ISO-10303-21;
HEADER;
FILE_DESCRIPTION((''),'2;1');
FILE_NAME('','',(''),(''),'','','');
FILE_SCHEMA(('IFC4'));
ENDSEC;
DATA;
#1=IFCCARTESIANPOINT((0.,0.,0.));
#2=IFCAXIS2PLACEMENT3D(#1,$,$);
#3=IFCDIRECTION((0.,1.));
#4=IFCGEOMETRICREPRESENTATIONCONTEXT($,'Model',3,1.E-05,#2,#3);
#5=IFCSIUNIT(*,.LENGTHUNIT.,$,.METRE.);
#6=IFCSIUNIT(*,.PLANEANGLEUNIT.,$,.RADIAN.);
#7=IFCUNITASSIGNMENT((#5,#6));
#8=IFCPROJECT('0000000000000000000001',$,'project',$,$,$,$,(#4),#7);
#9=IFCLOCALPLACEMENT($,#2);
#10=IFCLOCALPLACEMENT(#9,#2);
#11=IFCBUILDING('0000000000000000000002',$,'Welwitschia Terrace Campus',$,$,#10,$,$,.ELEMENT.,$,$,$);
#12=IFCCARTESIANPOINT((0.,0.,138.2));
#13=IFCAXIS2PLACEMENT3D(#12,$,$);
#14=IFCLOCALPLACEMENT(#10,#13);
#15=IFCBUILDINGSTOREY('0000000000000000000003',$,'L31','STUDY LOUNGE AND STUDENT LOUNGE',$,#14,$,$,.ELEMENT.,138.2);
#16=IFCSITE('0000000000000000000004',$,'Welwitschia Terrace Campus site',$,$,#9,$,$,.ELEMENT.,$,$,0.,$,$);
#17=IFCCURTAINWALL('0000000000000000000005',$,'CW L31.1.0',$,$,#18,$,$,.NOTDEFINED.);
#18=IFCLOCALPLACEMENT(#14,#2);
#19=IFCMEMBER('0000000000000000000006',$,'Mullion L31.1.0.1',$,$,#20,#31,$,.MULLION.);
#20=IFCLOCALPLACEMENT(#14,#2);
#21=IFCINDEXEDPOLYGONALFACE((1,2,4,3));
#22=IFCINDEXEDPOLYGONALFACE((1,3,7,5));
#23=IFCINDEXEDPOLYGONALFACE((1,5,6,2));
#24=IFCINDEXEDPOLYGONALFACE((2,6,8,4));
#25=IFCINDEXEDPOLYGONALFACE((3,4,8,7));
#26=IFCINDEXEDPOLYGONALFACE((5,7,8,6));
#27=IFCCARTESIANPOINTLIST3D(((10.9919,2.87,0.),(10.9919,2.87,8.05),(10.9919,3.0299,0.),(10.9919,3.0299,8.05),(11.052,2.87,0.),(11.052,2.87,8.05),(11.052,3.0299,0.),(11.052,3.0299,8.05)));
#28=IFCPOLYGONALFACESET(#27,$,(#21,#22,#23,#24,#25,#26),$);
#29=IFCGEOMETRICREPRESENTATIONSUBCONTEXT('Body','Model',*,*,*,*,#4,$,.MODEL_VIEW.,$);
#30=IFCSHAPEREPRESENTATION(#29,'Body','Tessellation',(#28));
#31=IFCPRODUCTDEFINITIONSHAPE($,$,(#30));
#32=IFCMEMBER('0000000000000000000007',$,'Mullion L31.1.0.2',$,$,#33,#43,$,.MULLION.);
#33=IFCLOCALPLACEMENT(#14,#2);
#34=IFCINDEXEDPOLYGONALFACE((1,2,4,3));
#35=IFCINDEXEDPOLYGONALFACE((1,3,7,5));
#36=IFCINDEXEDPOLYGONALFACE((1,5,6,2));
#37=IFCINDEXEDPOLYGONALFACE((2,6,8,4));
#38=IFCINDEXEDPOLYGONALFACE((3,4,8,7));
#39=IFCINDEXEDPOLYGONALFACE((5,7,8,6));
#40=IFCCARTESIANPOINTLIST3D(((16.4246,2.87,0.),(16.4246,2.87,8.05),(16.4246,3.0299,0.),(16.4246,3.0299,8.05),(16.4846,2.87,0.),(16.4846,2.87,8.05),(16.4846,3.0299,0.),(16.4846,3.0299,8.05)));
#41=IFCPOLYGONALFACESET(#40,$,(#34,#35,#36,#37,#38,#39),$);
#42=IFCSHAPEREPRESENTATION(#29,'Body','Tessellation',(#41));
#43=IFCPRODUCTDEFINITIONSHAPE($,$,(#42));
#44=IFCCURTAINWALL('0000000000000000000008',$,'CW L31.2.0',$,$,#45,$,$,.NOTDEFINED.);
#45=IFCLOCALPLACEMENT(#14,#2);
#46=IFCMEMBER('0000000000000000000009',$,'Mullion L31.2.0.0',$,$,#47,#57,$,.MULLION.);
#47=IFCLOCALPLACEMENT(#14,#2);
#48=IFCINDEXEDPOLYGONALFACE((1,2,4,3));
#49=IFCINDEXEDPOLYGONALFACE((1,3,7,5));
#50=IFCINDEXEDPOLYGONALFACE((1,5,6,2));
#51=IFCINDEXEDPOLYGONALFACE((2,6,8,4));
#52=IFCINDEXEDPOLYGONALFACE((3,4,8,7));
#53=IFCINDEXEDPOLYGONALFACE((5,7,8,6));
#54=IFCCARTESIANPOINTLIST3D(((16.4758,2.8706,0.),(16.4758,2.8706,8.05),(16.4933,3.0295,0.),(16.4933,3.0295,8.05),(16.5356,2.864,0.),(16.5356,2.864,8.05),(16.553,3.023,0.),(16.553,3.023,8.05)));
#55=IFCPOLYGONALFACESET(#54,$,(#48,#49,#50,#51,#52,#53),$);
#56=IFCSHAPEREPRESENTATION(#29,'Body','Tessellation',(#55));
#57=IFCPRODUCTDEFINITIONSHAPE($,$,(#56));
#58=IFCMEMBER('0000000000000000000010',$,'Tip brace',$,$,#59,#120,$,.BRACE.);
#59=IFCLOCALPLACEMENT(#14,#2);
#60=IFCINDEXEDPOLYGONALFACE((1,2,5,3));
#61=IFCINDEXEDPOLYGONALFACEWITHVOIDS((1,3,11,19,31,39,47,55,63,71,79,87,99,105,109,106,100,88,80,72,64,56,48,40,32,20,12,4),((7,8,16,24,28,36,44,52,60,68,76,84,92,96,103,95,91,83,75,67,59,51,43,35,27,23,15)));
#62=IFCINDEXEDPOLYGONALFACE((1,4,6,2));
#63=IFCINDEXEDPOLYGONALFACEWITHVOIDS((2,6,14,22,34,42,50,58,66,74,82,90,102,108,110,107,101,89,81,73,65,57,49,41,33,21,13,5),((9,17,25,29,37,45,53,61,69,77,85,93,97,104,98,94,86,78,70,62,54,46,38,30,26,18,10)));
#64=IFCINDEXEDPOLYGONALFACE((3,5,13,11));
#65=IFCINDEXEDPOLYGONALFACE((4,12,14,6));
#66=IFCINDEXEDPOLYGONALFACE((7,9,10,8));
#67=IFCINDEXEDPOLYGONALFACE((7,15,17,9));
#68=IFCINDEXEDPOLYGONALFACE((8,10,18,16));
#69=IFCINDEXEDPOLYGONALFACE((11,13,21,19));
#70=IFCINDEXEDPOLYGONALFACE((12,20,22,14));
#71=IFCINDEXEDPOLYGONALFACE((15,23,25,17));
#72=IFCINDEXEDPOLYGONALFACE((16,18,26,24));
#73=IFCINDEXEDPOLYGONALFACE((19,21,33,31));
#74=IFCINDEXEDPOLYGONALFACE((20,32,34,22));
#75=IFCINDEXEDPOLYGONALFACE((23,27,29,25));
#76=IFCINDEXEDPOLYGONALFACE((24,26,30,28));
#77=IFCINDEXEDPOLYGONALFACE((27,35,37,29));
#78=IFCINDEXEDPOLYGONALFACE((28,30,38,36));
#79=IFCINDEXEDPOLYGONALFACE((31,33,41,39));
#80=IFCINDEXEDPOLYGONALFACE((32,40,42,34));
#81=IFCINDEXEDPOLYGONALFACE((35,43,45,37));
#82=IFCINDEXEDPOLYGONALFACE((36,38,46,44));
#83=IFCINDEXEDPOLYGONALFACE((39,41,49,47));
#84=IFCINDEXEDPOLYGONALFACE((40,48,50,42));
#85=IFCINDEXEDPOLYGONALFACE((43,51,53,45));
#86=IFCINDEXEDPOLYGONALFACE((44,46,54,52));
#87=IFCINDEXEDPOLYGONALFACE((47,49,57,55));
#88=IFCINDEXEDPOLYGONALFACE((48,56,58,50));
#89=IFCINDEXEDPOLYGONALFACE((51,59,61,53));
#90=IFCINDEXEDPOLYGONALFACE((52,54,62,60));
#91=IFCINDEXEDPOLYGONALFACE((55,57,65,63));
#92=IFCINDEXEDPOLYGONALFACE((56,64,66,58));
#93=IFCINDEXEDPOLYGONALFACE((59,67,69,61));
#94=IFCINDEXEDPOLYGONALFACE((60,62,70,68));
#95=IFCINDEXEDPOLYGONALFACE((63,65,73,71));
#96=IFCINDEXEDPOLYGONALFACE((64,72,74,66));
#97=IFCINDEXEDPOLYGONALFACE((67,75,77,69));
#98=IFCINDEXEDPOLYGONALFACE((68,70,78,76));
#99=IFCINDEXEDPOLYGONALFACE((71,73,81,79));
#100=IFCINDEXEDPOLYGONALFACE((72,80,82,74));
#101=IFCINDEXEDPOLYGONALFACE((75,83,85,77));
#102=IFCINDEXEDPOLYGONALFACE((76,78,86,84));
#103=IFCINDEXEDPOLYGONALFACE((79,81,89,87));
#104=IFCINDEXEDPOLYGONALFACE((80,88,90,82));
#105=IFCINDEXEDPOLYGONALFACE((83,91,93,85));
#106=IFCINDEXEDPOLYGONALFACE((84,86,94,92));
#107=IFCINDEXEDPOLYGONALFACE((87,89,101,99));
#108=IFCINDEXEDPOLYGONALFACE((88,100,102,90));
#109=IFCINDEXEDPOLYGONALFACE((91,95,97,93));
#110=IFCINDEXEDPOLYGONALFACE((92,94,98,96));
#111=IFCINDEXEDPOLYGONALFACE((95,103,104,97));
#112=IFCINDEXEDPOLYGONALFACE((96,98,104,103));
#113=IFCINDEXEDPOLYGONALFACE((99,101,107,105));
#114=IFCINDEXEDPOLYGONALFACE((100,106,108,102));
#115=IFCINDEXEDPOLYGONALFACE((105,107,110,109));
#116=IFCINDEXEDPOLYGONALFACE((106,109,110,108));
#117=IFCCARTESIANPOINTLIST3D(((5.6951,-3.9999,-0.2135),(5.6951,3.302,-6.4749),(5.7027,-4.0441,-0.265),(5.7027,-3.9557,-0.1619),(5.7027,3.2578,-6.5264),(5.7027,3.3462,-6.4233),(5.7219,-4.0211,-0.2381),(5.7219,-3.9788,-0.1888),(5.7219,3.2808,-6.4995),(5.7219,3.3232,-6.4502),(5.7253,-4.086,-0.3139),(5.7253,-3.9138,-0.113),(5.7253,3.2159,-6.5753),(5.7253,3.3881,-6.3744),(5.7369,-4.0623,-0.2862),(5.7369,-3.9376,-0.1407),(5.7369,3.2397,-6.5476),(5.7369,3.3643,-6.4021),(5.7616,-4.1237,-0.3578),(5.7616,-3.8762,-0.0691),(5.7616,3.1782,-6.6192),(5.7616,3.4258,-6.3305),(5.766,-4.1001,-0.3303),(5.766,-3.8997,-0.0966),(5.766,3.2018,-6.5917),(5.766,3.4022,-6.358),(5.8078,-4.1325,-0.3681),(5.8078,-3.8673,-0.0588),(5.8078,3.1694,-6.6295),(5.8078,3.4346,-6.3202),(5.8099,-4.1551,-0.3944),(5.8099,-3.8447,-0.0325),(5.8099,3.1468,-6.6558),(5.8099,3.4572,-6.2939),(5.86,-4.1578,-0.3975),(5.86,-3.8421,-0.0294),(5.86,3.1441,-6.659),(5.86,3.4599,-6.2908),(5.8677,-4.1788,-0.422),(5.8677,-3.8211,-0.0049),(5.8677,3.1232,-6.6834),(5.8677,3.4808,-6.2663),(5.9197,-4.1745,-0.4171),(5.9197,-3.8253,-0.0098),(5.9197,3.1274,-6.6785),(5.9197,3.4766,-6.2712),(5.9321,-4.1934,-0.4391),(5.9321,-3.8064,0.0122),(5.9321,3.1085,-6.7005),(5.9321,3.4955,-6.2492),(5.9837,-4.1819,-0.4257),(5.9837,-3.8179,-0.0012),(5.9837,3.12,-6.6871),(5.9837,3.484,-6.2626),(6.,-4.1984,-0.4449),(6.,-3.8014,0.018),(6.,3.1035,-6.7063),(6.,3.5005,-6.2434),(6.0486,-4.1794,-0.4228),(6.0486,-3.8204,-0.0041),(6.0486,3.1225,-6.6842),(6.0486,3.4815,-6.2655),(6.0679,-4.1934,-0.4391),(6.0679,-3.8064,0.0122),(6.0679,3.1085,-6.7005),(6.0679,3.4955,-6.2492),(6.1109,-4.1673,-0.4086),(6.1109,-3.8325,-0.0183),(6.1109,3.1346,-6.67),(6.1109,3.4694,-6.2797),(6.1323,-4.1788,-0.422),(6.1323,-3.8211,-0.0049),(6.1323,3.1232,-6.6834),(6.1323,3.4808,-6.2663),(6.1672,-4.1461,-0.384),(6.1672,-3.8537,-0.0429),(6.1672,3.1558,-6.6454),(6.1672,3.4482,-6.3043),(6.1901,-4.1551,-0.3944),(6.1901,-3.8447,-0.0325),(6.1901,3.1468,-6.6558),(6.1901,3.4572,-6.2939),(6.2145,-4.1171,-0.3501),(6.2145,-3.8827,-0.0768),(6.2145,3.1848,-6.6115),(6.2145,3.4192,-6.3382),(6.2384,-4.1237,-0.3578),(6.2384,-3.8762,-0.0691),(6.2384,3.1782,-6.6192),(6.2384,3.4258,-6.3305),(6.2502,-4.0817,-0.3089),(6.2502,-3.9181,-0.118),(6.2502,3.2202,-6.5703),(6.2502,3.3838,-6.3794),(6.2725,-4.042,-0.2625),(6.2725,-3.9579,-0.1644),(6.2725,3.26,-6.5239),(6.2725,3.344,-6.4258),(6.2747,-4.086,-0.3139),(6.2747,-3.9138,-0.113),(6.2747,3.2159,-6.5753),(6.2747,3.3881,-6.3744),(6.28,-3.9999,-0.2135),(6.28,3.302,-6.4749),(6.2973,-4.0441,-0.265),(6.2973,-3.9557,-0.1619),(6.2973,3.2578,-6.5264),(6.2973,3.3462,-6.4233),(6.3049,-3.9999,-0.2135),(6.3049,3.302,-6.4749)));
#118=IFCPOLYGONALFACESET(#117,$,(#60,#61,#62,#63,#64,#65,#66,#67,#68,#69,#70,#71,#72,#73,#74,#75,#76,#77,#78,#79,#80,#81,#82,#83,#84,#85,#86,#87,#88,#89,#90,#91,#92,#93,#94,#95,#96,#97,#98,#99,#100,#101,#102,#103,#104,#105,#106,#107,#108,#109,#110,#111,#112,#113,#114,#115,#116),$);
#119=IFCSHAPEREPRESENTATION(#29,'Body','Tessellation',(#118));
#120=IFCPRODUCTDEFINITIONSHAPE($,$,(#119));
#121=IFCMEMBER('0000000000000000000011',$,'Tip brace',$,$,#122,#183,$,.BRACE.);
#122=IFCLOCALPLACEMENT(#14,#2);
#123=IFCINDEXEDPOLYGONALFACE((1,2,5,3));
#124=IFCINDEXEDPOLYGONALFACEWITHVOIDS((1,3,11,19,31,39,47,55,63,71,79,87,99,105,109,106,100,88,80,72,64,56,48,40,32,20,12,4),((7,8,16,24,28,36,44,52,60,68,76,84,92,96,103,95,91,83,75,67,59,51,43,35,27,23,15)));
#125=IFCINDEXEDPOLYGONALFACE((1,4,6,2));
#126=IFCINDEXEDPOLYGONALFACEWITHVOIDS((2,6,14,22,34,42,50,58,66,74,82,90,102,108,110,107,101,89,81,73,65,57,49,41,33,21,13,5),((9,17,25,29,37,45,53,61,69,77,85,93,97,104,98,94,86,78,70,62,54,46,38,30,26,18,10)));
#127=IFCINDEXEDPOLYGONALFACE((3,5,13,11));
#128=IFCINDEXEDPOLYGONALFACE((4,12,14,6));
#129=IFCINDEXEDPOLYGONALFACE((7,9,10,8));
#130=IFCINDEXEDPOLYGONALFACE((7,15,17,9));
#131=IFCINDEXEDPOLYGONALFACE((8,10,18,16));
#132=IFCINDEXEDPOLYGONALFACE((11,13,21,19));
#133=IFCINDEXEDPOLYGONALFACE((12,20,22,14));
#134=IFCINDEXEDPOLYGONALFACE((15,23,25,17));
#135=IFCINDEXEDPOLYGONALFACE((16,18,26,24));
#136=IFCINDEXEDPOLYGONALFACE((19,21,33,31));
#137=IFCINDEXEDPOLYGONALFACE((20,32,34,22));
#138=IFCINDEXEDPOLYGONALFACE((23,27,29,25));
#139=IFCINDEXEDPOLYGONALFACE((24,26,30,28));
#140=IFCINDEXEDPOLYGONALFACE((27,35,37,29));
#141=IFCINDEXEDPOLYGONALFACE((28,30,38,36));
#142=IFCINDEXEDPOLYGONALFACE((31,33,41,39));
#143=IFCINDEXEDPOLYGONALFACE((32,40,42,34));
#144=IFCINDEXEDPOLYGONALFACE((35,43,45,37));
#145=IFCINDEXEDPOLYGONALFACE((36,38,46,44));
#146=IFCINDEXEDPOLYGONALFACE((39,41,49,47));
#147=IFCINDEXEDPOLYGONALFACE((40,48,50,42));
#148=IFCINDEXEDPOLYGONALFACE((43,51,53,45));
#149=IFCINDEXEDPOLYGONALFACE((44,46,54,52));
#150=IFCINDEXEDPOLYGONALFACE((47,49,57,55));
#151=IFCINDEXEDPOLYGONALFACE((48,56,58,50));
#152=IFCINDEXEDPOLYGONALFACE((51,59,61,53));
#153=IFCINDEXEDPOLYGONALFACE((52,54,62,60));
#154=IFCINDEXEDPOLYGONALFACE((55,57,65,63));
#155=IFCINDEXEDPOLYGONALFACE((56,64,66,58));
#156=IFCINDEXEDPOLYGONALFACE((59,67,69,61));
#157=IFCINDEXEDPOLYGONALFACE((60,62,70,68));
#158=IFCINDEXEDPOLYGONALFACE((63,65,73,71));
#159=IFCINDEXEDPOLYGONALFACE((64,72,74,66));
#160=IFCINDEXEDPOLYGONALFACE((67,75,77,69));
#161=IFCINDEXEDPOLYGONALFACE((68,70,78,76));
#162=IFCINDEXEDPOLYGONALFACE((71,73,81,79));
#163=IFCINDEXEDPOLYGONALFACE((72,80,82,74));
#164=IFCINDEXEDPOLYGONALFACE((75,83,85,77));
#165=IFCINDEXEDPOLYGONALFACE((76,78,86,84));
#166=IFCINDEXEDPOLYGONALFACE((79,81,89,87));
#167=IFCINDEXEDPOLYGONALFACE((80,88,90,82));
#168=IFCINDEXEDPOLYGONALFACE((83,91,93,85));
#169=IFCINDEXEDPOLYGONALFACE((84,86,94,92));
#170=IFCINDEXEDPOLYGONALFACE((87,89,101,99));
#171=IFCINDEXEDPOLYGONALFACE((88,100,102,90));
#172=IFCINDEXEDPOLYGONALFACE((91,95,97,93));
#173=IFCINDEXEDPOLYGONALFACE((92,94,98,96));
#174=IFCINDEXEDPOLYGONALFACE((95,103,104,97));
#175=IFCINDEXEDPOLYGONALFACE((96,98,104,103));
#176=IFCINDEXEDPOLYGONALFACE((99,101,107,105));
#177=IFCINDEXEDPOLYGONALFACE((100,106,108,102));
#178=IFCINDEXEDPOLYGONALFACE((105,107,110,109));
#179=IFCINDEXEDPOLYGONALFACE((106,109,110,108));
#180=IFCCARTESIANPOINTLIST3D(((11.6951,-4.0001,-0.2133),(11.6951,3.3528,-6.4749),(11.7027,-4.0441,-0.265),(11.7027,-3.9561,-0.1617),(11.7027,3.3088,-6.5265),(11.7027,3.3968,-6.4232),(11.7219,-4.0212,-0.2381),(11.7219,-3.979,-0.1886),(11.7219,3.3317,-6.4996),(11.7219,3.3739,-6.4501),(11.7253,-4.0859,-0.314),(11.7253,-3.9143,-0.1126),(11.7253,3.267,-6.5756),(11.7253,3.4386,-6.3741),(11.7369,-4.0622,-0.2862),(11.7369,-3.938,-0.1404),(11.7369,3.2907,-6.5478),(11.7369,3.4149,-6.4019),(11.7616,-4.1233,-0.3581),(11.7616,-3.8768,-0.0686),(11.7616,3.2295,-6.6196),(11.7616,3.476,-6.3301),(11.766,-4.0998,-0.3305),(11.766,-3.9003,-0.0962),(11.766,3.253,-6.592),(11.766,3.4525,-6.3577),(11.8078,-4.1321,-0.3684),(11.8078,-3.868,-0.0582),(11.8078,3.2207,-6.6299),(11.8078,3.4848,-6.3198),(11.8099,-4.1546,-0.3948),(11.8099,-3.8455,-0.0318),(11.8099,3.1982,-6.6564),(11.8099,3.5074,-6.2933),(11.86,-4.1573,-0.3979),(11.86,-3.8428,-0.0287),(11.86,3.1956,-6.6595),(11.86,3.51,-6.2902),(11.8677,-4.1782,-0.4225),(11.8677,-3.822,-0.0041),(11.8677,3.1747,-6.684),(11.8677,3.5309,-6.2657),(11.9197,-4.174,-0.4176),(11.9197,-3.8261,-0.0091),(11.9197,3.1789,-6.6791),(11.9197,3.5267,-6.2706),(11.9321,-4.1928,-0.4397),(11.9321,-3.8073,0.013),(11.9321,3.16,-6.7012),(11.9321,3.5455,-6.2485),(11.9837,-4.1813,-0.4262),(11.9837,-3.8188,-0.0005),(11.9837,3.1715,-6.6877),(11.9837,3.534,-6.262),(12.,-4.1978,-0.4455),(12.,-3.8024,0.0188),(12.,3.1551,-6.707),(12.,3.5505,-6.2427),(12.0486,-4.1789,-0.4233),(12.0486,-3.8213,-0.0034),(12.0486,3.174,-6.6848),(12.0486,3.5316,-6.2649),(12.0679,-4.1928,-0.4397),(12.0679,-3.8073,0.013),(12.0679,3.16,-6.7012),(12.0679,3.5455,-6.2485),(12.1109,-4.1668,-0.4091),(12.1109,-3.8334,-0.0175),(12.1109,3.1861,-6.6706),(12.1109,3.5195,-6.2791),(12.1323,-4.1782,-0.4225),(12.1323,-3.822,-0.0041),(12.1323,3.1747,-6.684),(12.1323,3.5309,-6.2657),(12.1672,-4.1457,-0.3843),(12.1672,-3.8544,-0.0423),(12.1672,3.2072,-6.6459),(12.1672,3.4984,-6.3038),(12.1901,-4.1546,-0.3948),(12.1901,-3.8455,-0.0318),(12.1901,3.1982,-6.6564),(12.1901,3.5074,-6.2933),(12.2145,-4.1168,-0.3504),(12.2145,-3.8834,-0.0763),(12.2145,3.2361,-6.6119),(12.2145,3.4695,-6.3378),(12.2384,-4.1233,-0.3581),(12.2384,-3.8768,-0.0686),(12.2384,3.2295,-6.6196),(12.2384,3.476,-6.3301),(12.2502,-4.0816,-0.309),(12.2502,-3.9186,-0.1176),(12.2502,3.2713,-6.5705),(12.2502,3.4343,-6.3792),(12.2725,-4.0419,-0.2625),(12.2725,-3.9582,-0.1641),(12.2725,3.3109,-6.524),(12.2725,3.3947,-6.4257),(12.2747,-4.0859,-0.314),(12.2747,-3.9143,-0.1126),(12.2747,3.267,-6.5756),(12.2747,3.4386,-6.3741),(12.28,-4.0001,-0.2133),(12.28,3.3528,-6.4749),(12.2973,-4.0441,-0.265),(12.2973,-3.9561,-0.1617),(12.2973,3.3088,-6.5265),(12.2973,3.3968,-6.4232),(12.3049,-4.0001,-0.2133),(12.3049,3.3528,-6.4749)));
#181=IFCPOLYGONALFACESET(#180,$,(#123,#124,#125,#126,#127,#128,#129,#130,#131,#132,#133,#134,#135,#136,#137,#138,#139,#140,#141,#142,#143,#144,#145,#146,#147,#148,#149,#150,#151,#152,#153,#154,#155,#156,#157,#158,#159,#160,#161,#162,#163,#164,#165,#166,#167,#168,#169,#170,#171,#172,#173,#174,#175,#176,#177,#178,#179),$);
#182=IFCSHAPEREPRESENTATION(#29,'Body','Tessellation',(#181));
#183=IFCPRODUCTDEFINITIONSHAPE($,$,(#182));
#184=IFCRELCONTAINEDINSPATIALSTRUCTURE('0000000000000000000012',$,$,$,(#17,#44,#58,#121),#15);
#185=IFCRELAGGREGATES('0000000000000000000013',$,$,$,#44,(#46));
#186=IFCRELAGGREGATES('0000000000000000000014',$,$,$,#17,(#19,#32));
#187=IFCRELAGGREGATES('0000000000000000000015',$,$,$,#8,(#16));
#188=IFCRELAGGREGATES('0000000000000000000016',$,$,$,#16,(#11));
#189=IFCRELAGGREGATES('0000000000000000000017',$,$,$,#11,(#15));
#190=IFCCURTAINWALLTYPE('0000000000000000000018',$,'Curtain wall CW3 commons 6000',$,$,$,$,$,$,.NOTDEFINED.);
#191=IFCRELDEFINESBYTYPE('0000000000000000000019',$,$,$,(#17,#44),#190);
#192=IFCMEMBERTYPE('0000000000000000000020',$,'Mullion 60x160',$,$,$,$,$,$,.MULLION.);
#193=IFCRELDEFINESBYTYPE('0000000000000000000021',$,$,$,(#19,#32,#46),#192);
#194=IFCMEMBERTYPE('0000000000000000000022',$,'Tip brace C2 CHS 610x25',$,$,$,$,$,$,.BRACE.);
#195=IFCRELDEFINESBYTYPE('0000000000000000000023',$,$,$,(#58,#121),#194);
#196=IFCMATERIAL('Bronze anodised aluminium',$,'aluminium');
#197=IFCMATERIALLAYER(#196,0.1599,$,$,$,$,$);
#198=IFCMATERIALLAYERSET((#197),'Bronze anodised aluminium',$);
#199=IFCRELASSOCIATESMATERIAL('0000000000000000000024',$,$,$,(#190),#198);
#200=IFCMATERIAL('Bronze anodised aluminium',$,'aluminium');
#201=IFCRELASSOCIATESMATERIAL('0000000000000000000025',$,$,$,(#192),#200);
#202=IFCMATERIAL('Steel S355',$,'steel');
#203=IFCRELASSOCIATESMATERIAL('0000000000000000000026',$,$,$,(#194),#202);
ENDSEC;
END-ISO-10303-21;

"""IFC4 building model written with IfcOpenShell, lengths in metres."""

from ifc_helpers import new_model, si_unit, direction, frame, origin, origin_2d, place, context, subcontext, project, spatial, rectangle, hollow_circle, extrude, material, layer, layer_set, material_profile, profile_set, type_object, element, aggregate, save


model = new_model("IFC4")

# Units and contexts
model_context = context("Model", 3, precision=1e-05, world=origin(), true_north=direction((0.0, 1.0)))
body_context = subcontext(model_context, "Body", "Model", "MODEL_VIEW")
ifc_project = project(units=[si_unit("LENGTHUNIT", "METRE"), si_unit("PLANEANGLEUNIT", "RADIAN")], contexts=[model_context])

# Site, building, storey
site_placement = place(None, origin())
site = spatial("IfcSite", under=ifc_project, at=site_placement, Name="Welwitschia Terrace Campus site", CompositionType="ELEMENT", RefElevation=0.0)
building_placement = place(site_placement, origin())
building = spatial("IfcBuilding", under=site, at=building_placement, Name="Welwitschia Terrace Campus", CompositionType="ELEMENT")
storey_placement = place(building_placement, frame((0.0, 0.0, 138.2)))
storey = spatial("IfcBuildingStorey", under=building, at=storey_placement, Name="L31", Description="STUDY LOUNGE AND STUDENT LOUNGE", CompositionType="ELEMENT", Elevation=138.2)

# Curtain wall, members
ifc_material_1 = material(Name="Bronze anodised aluminium", Category="aluminium")
ifc_layer_1 = layer(ifc_material_1, 0.1599)
ifc_layer_set_1 = layer_set([ifc_layer_1], Name="Bronze anodised aluminium")
curtain_wall_type = type_object("IfcCurtainWallType", Name="Curtain wall CW3 commons 6000", PredefinedType="NOTDEFINED", material=ifc_layer_set_1)
curtain_wall_1_placement = place(storey_placement, origin())
curtain_wall_1 = element("IfcCurtainWall", 1, at=curtain_wall_1_placement, inside=storey, type_object=curtain_wall_type, Name="CW L31.1.0", PredefinedType="NOTDEFINED")
ifc_material_2 = material(Name="Bronze anodised aluminium", Category="aluminium")
ifc_material_profile_1 = material_profile(ifc_material_2, rectangle(XDim=0.1599, YDim=0.0601, at=origin_2d()))
ifc_profile_set_1 = profile_set([ifc_material_profile_1], Name="Bronze anodised aluminium")
member_type_1 = type_object("IfcMemberType", Name="Mullion 60x160", PredefinedType="MULLION", material=ifc_profile_set_1)
member_1_placement = place(storey_placement, frame((11.022, 2.95, 0.0), z_axis=(0.0, 0.0, 1.0), x_axis=(0.0, 1.0, 0.0)))
member_1 = element("IfcMember", 2, at=member_1_placement, type_object=member_type_1, Name="Mullion L31.1.0.1", PredefinedType="MULLION", context=body_context, shape_type="SweptSolid", body=[
    extrude(rectangle(XDim=0.1599, YDim=0.0601, at=origin_2d()), origin(), (0.0, 0.0, 1.0), 8.05),
])
member_2_placement = place(storey_placement, frame((16.4546, 2.95, 0.0), z_axis=(0.0, 0.0, 1.0), x_axis=(0.0, 1.0, 0.0)))
member_2 = element("IfcMember", 3, at=member_2_placement, type_object=member_type_1, Name="Mullion L31.1.0.2", PredefinedType="MULLION", context=body_context, shape_type="SweptSolid", body=[
    extrude(rectangle(XDim=0.1599, YDim=0.0601, at=origin_2d()), origin(), (0.0, 0.0, 1.0), 8.05),
])

# Curtain wall, member
curtain_wall_2_placement = place(storey_placement, origin())
curtain_wall_2 = element("IfcCurtainWall", 4, at=curtain_wall_2_placement, inside=storey, type_object=curtain_wall_type, Name="CW L31.2.0", PredefinedType="NOTDEFINED")
member_3_placement = place(storey_placement, frame((16.5144, 2.9468, 0.0), z_axis=(0.0, 0.0, 1.0), x_axis=(0.108867, 0.994056, 0.0)))
member_3 = element("IfcMember", 5, at=member_3_placement, type_object=member_type_1, Name="Mullion L31.2.0.0", PredefinedType="MULLION", context=body_context, shape_type="SweptSolid", body=[
    extrude(rectangle(XDim=0.1599, YDim=0.0601, at=origin_2d()), origin(), (0.0, 0.0, 1.0), 8.05),
])

# Members
ifc_material_3 = material(Name="Steel S355", Category="steel")
ifc_material_profile_2 = material_profile(ifc_material_3, hollow_circle(Radius=0.3049, WallThickness=0.0249, at=origin_2d()))
ifc_profile_set_2 = profile_set([ifc_material_profile_2], Name="Steel S355")
member_type_2 = type_object("IfcMemberType", Name="Tip brace C2 CHS 610x25", PredefinedType="BRACE", material=ifc_profile_set_2)
member_4_placement = place(storey_placement, frame((6.0, 3.302, -6.4749), z_axis=(0.0, -0.759122, 0.650948), x_axis=(1.0, 0.0, 0.0)))
element("IfcMember", 6, at=member_4_placement, inside=storey, type_object=member_type_2, Name="Tip brace", PredefinedType="BRACE", context=body_context, shape_type="SweptSolid", body=[
    extrude(hollow_circle(Radius=0.3049, WallThickness=0.0249, at=origin_2d()), origin(), (0.0, 0.0, 1.0), 9.6189),
])
for number, where, z_axis, x_axis, name in (
    (7, (12.0, 3.3528, -6.4749), (0.0, -0.761346, 0.648346), (1.0, 0.0, 0.0), "Tip brace"),
):
    element("IfcMember", number, at=place(storey_placement, frame(where, z_axis=z_axis, x_axis=x_axis)), inside=storey, type_object=member_type_2, Name=name, PredefinedType="BRACE", context=body_context, shape_type="SweptSolid", body=[
        extrude(hollow_circle(Radius=0.3049, WallThickness=0.0249, at=origin_2d()), origin(), (0.0, 0.0, 1.0), 9.6577),
    ])

aggregate(curtain_wall_2, [member_3])

aggregate(curtain_wall_1, [member_1, member_2])

save(model, "model.ifc")
